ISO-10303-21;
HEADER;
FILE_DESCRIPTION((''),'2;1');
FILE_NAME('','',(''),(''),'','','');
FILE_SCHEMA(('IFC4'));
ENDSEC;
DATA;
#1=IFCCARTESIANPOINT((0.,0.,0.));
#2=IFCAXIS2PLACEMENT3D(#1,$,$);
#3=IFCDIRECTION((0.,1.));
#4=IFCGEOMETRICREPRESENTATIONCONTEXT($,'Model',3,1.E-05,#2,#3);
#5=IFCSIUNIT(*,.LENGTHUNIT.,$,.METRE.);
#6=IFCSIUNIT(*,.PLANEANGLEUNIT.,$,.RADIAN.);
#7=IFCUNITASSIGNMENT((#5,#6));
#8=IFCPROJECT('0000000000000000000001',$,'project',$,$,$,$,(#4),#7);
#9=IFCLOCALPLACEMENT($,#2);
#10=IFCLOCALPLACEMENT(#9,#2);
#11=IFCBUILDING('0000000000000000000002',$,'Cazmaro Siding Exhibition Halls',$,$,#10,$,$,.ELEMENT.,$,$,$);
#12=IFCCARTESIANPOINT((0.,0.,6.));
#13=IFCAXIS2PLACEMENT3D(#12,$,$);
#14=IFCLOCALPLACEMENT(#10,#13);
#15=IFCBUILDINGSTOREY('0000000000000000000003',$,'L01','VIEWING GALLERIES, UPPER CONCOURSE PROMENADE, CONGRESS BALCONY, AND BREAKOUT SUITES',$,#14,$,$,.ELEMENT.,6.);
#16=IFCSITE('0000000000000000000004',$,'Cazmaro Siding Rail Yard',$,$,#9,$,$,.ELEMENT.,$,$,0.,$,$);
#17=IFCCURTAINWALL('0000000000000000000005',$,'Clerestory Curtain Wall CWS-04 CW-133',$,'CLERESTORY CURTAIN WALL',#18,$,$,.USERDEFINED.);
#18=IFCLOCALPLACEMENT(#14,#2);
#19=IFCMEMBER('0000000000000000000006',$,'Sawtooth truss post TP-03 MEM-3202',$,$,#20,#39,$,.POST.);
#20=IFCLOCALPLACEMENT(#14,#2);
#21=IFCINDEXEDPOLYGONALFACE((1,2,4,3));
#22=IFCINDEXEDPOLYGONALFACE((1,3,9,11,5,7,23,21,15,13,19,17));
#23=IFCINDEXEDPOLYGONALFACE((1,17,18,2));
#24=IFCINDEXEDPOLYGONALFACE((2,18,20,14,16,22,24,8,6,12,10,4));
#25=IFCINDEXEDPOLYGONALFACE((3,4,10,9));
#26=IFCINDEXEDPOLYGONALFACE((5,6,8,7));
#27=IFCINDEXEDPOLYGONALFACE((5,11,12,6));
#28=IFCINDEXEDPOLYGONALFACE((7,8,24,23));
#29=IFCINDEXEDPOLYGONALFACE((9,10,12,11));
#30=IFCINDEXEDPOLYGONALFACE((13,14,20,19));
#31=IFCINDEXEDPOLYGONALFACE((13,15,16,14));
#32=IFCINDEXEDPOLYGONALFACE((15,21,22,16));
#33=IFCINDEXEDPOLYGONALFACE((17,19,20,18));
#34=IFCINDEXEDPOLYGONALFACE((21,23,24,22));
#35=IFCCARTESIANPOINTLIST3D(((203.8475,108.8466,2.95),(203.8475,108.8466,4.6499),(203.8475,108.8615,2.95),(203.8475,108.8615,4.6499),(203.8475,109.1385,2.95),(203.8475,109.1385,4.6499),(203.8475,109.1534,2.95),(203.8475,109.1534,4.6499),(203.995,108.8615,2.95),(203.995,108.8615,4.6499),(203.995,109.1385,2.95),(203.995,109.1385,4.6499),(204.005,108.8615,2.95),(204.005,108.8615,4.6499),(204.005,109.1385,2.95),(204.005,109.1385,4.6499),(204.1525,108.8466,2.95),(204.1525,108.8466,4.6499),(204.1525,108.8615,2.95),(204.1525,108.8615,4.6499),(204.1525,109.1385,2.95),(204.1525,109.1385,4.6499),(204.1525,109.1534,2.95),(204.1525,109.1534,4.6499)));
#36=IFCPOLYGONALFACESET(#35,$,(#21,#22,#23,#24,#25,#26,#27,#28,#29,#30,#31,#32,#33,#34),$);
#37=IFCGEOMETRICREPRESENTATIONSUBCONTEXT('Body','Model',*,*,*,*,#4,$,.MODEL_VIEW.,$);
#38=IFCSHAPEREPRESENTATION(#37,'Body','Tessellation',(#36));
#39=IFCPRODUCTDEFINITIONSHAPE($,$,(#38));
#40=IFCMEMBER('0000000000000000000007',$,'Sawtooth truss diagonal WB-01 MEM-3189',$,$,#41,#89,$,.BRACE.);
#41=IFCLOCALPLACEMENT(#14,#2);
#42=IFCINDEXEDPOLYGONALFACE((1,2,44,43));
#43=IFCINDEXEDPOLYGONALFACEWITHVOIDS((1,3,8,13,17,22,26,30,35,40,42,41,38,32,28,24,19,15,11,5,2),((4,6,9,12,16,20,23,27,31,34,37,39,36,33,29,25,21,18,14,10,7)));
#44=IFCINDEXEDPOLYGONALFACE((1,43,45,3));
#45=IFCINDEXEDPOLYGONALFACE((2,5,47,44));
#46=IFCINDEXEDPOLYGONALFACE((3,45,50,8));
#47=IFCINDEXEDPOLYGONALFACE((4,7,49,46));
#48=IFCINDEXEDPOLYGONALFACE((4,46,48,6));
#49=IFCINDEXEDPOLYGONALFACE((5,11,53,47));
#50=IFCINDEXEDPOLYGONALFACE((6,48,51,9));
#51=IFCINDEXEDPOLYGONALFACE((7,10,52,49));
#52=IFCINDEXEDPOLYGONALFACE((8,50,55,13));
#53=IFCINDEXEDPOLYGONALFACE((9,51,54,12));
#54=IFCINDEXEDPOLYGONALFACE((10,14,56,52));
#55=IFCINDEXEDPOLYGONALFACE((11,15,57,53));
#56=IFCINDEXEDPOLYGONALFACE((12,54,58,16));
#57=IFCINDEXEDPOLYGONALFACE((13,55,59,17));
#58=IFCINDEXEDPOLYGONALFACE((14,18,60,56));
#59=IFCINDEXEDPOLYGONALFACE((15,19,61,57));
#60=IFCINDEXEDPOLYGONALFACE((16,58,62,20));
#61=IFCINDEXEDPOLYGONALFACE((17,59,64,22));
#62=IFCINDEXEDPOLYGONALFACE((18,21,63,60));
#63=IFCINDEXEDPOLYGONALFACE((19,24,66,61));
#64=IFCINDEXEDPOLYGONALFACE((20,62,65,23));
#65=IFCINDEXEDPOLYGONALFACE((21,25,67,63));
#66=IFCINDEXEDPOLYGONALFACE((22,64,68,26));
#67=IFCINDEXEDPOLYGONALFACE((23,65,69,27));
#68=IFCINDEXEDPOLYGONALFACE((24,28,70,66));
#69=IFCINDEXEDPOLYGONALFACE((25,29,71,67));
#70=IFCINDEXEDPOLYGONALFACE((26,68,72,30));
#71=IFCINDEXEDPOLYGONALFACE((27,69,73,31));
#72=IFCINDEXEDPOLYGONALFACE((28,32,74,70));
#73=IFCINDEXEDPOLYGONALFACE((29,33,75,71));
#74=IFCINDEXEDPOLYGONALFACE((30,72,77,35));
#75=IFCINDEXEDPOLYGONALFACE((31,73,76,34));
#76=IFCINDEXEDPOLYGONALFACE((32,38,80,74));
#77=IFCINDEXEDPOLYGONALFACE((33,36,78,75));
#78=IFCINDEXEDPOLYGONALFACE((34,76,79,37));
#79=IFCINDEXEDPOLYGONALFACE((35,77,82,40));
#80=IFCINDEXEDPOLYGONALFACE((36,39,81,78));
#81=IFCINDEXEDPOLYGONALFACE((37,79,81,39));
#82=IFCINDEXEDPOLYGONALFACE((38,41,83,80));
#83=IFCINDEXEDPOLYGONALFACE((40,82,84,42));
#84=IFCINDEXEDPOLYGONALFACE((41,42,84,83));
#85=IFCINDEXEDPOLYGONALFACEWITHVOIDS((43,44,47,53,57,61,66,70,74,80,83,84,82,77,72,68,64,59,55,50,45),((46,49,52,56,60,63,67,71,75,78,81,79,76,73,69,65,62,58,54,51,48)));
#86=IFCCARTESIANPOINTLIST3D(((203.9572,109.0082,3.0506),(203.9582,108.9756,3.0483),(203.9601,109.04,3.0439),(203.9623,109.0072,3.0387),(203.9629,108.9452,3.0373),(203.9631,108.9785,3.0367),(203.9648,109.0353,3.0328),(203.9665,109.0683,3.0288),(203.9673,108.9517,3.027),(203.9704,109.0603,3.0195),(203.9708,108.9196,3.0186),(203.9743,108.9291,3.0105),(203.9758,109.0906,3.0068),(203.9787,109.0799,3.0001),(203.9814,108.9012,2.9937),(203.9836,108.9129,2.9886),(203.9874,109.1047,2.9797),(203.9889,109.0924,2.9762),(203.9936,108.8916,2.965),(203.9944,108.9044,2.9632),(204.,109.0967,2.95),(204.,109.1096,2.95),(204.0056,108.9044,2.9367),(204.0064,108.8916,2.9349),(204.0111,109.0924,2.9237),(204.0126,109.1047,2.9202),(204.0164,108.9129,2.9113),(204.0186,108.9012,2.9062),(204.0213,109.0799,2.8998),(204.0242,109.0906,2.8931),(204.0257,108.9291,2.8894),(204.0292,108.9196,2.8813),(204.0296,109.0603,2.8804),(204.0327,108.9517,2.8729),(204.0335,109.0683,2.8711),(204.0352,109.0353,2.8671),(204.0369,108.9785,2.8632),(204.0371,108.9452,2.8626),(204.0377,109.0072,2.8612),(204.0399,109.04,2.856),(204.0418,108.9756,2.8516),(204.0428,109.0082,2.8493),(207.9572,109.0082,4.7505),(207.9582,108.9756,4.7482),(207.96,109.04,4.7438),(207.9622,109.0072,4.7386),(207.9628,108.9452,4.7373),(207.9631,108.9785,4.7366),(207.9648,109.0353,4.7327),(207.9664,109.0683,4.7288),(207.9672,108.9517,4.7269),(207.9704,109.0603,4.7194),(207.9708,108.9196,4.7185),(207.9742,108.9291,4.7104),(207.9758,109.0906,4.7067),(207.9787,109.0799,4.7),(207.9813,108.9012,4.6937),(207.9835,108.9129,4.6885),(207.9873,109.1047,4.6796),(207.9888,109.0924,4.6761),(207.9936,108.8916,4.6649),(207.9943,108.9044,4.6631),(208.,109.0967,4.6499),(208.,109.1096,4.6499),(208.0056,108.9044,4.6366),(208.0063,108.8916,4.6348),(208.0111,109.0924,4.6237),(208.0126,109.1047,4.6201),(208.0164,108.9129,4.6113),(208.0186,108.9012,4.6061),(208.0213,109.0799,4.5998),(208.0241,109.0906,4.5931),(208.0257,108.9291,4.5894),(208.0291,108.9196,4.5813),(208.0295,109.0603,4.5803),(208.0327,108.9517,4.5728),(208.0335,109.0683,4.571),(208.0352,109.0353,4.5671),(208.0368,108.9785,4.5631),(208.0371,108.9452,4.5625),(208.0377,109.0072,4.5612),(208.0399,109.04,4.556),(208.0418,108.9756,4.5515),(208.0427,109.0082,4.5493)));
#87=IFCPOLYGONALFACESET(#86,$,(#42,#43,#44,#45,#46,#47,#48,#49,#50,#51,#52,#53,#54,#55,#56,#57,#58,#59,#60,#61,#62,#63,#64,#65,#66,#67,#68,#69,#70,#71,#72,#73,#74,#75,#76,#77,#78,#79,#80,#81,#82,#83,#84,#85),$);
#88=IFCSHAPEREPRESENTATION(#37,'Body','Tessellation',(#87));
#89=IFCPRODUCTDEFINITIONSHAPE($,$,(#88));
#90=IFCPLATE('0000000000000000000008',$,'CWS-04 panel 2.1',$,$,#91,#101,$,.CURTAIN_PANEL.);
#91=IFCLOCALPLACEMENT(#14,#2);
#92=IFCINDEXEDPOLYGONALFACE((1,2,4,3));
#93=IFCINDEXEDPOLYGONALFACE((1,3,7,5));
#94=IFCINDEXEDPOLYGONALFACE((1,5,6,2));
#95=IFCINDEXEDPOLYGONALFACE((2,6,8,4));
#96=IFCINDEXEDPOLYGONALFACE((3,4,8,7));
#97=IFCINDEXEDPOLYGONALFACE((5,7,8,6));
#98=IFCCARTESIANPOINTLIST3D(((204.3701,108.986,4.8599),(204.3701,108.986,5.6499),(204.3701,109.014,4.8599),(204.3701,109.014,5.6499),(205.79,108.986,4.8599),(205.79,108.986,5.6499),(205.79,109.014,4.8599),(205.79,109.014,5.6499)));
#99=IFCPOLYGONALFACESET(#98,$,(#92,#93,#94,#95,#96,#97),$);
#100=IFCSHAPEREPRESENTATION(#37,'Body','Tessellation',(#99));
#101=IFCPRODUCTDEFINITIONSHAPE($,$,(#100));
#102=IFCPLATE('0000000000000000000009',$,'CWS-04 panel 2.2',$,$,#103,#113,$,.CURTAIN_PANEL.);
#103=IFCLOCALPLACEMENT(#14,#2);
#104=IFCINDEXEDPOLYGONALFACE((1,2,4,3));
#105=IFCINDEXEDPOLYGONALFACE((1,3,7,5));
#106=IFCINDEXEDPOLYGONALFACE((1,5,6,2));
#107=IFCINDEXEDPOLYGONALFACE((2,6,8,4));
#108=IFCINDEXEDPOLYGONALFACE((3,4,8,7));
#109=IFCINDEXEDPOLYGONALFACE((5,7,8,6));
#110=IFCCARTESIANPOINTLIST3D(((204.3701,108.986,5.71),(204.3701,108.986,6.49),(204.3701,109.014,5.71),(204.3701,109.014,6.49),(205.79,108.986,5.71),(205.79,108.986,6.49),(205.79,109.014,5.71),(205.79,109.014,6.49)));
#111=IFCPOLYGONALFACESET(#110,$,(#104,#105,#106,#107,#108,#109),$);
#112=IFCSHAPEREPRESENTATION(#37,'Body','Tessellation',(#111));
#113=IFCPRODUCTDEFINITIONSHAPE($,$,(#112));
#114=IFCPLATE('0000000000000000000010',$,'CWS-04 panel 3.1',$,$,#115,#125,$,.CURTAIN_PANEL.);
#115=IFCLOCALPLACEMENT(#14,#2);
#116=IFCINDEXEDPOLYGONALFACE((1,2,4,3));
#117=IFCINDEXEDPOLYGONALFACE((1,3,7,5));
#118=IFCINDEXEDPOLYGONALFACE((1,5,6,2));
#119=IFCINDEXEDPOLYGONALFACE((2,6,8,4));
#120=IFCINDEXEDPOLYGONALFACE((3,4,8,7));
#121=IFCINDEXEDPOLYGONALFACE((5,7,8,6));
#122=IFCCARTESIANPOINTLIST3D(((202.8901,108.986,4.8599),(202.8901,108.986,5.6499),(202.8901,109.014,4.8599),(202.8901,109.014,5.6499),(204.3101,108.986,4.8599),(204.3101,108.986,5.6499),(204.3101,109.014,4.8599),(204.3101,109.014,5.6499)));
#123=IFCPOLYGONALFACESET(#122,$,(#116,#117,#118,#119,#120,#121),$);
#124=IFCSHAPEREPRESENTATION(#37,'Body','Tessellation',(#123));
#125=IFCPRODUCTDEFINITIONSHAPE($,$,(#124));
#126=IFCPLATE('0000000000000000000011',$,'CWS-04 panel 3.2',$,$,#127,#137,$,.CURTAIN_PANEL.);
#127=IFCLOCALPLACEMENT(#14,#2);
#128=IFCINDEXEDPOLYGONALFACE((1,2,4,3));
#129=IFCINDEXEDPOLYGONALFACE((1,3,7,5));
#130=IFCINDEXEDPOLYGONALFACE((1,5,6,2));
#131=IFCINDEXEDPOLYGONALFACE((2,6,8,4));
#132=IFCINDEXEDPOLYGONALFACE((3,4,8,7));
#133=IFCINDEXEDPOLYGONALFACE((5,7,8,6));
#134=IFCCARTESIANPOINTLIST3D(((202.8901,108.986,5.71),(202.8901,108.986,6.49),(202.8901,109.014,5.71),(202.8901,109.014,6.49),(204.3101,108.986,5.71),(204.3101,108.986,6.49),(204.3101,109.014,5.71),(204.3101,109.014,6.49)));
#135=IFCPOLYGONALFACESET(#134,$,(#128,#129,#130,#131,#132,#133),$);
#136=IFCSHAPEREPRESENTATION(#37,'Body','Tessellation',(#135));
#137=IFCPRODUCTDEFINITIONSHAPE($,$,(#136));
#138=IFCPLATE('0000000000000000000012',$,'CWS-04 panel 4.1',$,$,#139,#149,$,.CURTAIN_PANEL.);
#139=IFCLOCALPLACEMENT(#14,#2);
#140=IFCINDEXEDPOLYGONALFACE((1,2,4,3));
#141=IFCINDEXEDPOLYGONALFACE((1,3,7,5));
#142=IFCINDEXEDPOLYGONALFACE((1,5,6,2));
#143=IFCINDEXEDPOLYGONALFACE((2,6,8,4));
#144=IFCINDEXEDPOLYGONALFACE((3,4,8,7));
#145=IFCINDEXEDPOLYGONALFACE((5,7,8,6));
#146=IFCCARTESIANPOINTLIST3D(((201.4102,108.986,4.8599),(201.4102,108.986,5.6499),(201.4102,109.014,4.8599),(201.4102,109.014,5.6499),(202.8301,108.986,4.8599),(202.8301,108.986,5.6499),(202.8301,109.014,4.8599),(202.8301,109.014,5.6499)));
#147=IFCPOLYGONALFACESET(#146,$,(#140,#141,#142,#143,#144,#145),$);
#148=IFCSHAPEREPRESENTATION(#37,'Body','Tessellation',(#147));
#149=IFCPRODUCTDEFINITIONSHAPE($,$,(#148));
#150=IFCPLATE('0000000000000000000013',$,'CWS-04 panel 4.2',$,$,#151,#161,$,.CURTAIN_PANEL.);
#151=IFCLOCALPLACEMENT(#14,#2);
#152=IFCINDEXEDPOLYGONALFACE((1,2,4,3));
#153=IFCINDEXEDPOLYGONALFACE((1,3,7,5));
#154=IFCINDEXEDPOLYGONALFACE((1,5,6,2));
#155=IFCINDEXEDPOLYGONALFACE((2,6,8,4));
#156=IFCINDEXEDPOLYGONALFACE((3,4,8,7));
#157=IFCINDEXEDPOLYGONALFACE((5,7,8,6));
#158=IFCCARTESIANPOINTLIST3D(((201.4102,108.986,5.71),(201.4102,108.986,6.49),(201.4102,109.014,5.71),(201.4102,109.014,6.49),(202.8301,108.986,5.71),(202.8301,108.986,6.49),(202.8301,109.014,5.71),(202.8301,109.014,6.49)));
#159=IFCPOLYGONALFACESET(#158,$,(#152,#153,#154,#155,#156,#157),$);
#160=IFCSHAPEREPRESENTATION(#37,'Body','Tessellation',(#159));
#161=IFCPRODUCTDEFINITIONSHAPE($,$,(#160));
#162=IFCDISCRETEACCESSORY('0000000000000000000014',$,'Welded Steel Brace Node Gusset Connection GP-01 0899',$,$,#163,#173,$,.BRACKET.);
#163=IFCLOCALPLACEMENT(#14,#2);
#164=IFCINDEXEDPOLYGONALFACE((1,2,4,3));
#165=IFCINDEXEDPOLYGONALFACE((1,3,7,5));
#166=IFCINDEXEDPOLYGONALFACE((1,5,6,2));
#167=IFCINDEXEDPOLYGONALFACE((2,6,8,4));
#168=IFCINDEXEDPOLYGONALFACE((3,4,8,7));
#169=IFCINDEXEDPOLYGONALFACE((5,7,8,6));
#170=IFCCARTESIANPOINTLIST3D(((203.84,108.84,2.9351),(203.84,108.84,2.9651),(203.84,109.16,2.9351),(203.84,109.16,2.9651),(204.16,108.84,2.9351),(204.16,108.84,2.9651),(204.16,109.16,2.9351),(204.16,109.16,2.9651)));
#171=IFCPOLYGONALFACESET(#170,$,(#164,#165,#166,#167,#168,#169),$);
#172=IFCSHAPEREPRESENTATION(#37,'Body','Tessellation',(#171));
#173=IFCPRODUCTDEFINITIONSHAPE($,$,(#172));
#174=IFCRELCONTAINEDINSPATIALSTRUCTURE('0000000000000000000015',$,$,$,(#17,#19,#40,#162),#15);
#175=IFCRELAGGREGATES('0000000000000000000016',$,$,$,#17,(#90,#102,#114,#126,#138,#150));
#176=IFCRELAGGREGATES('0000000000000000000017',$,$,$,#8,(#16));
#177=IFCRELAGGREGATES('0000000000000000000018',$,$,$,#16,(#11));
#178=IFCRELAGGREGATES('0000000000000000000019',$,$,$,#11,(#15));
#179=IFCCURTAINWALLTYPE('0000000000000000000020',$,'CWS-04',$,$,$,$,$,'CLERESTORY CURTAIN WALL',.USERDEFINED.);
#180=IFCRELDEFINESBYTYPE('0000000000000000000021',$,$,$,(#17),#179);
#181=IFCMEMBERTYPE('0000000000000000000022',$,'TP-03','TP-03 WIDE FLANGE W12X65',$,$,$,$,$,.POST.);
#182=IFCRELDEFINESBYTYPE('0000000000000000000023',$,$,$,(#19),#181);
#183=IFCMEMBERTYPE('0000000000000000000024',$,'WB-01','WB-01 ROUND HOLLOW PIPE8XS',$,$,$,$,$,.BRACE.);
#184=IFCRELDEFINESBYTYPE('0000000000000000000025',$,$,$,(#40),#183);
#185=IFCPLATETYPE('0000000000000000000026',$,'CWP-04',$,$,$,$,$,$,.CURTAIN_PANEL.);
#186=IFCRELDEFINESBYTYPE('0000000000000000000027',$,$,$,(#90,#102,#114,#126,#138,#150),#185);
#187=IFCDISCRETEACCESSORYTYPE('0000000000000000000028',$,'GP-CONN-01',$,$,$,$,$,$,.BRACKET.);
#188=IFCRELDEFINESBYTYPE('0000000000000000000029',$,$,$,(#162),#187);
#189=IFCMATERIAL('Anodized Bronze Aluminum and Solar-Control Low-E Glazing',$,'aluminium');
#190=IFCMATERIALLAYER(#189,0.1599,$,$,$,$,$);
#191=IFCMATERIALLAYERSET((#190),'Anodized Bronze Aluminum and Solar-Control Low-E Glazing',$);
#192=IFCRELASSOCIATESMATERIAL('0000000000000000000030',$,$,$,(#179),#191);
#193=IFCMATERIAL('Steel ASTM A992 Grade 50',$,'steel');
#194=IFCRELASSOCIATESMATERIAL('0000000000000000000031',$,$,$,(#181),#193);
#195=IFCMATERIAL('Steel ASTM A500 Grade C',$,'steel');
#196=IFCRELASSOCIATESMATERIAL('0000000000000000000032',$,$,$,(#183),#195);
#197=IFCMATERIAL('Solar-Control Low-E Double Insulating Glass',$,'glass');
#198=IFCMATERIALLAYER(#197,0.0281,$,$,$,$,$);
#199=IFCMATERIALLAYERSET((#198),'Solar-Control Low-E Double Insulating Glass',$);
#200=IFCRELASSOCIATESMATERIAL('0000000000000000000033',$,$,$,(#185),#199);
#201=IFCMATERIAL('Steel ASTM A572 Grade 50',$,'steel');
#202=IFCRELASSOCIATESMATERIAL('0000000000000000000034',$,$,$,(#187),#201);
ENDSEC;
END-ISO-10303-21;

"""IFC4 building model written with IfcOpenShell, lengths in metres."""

from ifc_helpers import new_model, si_unit, direction, frame, origin, origin_2d, place, context, subcontext, project, spatial, rectangle, hollow_circle, i_section, extrude, material, layer, layer_set, material_profile, profile_set, type_object, element, aggregate, save


model = new_model("IFC4")

# Units and contexts
model_context = context("Model", 3, precision=1e-05, world=origin(), true_north=direction((0.0, 1.0)))
body_context = subcontext(model_context, "Body", "Model", "MODEL_VIEW")
ifc_project = project(units=[si_unit("LENGTHUNIT", "METRE"), si_unit("PLANEANGLEUNIT", "RADIAN")], contexts=[model_context])

# Site, building, storey
site_placement = place(None, origin())
site = spatial("IfcSite", under=ifc_project, at=site_placement, Name="Cazmaro Siding Rail Yard", CompositionType="ELEMENT", RefElevation=0.0)
building_placement = place(site_placement, origin())
building = spatial("IfcBuilding", under=site, at=building_placement, Name="Cazmaro Siding Exhibition Halls", CompositionType="ELEMENT")
storey_placement = place(building_placement, frame((0.0, 0.0, 6.0)))
storey = spatial("IfcBuildingStorey", under=building, at=storey_placement, Name="L01", Description="VIEWING GALLERIES, UPPER CONCOURSE PROMENADE, CONGRESS BALCONY, AND BREAKOUT SUITES", CompositionType="ELEMENT", Elevation=6.0)

# Curtain wall
ifc_material_1 = material(Name="Anodized Bronze Aluminum and Solar-Control Low-E Glazing", Category="aluminium")
ifc_layer_1 = layer(ifc_material_1, 0.1599)
ifc_layer_set_1 = layer_set([ifc_layer_1], Name="Anodized Bronze Aluminum and Solar-Control Low-E Glazing")
curtain_wall_type = type_object("IfcCurtainWallType", Name="CWS-04", ElementType="CLERESTORY CURTAIN WALL", PredefinedType="USERDEFINED", material=ifc_layer_set_1)
curtain_wall_placement = place(storey_placement, origin())
curtain_wall = element("IfcCurtainWall", 1, at=curtain_wall_placement, inside=storey, type_object=curtain_wall_type, Name="Clerestory Curtain Wall CWS-04 CW-133", ObjectType="CLERESTORY CURTAIN WALL", PredefinedType="USERDEFINED")

# Members
ifc_material_2 = material(Name="Steel ASTM A992 Grade 50", Category="steel")
ifc_material_profile_1 = material_profile(ifc_material_2, i_section(OverallWidth=0.3049, OverallDepth=0.3069, WebThickness=0.01, FlangeThickness=0.0149, at=origin_2d()), Name="W12X65")
ifc_profile_set_1 = profile_set([ifc_material_profile_1], Name="Steel ASTM A992 Grade 50")
member_type_1 = type_object("IfcMemberType", Name="TP-03", Description="TP-03 WIDE FLANGE W12X65", PredefinedType="POST", material=ifc_profile_set_1)
member_1_placement = place(storey_placement, frame((204.0, 109.0, 2.95), z_axis=(0.0, 0.0, 1.0), x_axis=(1.0, 0.0, 0.0)))
element("IfcMember", 2, at=member_1_placement, inside=storey, type_object=member_type_1, Name="Sawtooth truss post TP-03 MEM-3202", PredefinedType="POST", context=body_context, shape_type="SweptSolid", body=[
    extrude(i_section(OverallWidth=0.3049, OverallDepth=0.3069, WebThickness=0.01, FlangeThickness=0.0149, at=origin_2d()), origin(), (0.0, 0.0, 1.0), 1.7),
])
ifc_material_3 = material(Name="Steel ASTM A500 Grade C", Category="steel")
ifc_material_profile_2 = material_profile(ifc_material_3, hollow_circle(Radius=0.1096, WallThickness=0.0129, at=origin_2d()), Name="PIPE8XS")
ifc_profile_set_2 = profile_set([ifc_material_profile_2], Name="Steel ASTM A500 Grade C")
member_type_2 = type_object("IfcMemberType", Name="WB-01", Description="WB-01 ROUND HOLLOW PIPE8XS", PredefinedType="BRACE", material=ifc_profile_set_2)
member_2_placement = place(storey_placement, frame((204.0, 109.0, 2.95), z_axis=(0.920335, 0.0, 0.391131), x_axis=(0.0, 1.0, 0.0)))
element("IfcMember", 3, at=member_2_placement, inside=storey, type_object=member_type_2, Name="Sawtooth truss diagonal WB-01 MEM-3189", PredefinedType="BRACE", context=body_context, shape_type="SweptSolid", body=[
    extrude(hollow_circle(Radius=0.1096, WallThickness=0.0129, at=origin_2d()), origin(), (0.0, 0.0, 1.0), 4.3462),
])

# Plates
ifc_material_4 = material(Name="Solar-Control Low-E Double Insulating Glass", Category="glass")
ifc_layer_2 = layer(ifc_material_4, 0.0281)
ifc_layer_set_2 = layer_set([ifc_layer_2], Name="Solar-Control Low-E Double Insulating Glass")
plate_type = type_object("IfcPlateType", Name="CWP-04", PredefinedType="CURTAIN_PANEL", material=ifc_layer_set_2)
plate_1_placement = place(storey_placement, frame((205.0801, 109.0, 4.8599), z_axis=(0.0, 0.0, 1.0), x_axis=(-1.0, 0.0, 0.0)))
plate_1 = element("IfcPlate", 4, at=plate_1_placement, type_object=plate_type, Name="CWS-04 panel 2.1", PredefinedType="CURTAIN_PANEL", context=body_context, shape_type="SweptSolid", body=[
    extrude(rectangle(XDim=1.4199, YDim=0.0281, at=origin_2d()), origin(), (0.0, 0.0, 1.0), 0.79),
])
plate_2_placement = place(storey_placement, frame((205.0801, 109.0, 5.71), z_axis=(0.0, 0.0, 1.0), x_axis=(-1.0, 0.0, 0.0)))
plate_2 = element("IfcPlate", 5, at=plate_2_placement, type_object=plate_type, Name="CWS-04 panel 2.2", PredefinedType="CURTAIN_PANEL", context=body_context, shape_type="SweptSolid", body=[
    extrude(rectangle(XDim=1.4199, YDim=0.0281, at=origin_2d()), origin(), (0.0, 0.0, 1.0), 0.78),
])
plate_3_placement = place(storey_placement, frame((203.6001, 109.0, 4.8599), z_axis=(0.0, 0.0, 1.0), x_axis=(-1.0, 0.0, 0.0)))
plate_3 = element("IfcPlate", 6, at=plate_3_placement, type_object=plate_type, Name="CWS-04 panel 3.1", PredefinedType="CURTAIN_PANEL", context=body_context, shape_type="SweptSolid", body=[
    extrude(rectangle(XDim=1.4199, YDim=0.0281, at=origin_2d()), origin(), (0.0, 0.0, 1.0), 0.79),
])
plate_4_placement = place(storey_placement, frame((203.6001, 109.0, 5.71), z_axis=(0.0, 0.0, 1.0), x_axis=(-1.0, 0.0, 0.0)))
plate_4 = element("IfcPlate", 7, at=plate_4_placement, type_object=plate_type, Name="CWS-04 panel 3.2", PredefinedType="CURTAIN_PANEL", context=body_context, shape_type="SweptSolid", body=[
    extrude(rectangle(XDim=1.4199, YDim=0.0281, at=origin_2d()), origin(), (0.0, 0.0, 1.0), 0.78),
])
plate_5_placement = place(storey_placement, frame((202.1201, 109.0, 4.8599), z_axis=(0.0, 0.0, 1.0), x_axis=(-1.0, 0.0, 0.0)))
plate_5 = element("IfcPlate", 8, at=plate_5_placement, type_object=plate_type, Name="CWS-04 panel 4.1", PredefinedType="CURTAIN_PANEL", context=body_context, shape_type="SweptSolid", body=[
    extrude(rectangle(XDim=1.4199, YDim=0.0281, at=origin_2d()), origin(), (0.0, 0.0, 1.0), 0.79),
])
plate_6_placement = place(storey_placement, frame((202.1201, 109.0, 5.71), z_axis=(0.0, 0.0, 1.0), x_axis=(-1.0, 0.0, 0.0)))
plate_6 = element("IfcPlate", 9, at=plate_6_placement, type_object=plate_type, Name="CWS-04 panel 4.2", PredefinedType="CURTAIN_PANEL", context=body_context, shape_type="SweptSolid", body=[
    extrude(rectangle(XDim=1.4199, YDim=0.0281, at=origin_2d()), origin(), (0.0, 0.0, 1.0), 0.78),
])
aggregate(curtain_wall, [plate_1, plate_2, plate_3, plate_4, plate_5, plate_6])

# Discrete accessory
ifc_material_5 = material(Name="Steel ASTM A572 Grade 50", Category="steel")
discrete_accessory_type = type_object("IfcDiscreteAccessoryType", Name="GP-CONN-01", PredefinedType="BRACKET", material=ifc_material_5)
discrete_accessory_placement = place(storey_placement, frame((204.0, 109.0, 2.9351), z_axis=(0.0, 0.0, 1.0), x_axis=(1.0, 0.0, 0.0)))
element("IfcDiscreteAccessory", 10, at=discrete_accessory_placement, inside=storey, type_object=discrete_accessory_type, Name="Welded Steel Brace Node Gusset Connection GP-01 0899", PredefinedType="BRACKET", context=body_context, shape_type="SweptSolid", body=[
    extrude(rectangle(XDim=0.3201, YDim=0.3201, at=origin_2d()), origin(), (0.0, 0.0, 1.0), 0.03),
])

save(model, "model.ifc")
